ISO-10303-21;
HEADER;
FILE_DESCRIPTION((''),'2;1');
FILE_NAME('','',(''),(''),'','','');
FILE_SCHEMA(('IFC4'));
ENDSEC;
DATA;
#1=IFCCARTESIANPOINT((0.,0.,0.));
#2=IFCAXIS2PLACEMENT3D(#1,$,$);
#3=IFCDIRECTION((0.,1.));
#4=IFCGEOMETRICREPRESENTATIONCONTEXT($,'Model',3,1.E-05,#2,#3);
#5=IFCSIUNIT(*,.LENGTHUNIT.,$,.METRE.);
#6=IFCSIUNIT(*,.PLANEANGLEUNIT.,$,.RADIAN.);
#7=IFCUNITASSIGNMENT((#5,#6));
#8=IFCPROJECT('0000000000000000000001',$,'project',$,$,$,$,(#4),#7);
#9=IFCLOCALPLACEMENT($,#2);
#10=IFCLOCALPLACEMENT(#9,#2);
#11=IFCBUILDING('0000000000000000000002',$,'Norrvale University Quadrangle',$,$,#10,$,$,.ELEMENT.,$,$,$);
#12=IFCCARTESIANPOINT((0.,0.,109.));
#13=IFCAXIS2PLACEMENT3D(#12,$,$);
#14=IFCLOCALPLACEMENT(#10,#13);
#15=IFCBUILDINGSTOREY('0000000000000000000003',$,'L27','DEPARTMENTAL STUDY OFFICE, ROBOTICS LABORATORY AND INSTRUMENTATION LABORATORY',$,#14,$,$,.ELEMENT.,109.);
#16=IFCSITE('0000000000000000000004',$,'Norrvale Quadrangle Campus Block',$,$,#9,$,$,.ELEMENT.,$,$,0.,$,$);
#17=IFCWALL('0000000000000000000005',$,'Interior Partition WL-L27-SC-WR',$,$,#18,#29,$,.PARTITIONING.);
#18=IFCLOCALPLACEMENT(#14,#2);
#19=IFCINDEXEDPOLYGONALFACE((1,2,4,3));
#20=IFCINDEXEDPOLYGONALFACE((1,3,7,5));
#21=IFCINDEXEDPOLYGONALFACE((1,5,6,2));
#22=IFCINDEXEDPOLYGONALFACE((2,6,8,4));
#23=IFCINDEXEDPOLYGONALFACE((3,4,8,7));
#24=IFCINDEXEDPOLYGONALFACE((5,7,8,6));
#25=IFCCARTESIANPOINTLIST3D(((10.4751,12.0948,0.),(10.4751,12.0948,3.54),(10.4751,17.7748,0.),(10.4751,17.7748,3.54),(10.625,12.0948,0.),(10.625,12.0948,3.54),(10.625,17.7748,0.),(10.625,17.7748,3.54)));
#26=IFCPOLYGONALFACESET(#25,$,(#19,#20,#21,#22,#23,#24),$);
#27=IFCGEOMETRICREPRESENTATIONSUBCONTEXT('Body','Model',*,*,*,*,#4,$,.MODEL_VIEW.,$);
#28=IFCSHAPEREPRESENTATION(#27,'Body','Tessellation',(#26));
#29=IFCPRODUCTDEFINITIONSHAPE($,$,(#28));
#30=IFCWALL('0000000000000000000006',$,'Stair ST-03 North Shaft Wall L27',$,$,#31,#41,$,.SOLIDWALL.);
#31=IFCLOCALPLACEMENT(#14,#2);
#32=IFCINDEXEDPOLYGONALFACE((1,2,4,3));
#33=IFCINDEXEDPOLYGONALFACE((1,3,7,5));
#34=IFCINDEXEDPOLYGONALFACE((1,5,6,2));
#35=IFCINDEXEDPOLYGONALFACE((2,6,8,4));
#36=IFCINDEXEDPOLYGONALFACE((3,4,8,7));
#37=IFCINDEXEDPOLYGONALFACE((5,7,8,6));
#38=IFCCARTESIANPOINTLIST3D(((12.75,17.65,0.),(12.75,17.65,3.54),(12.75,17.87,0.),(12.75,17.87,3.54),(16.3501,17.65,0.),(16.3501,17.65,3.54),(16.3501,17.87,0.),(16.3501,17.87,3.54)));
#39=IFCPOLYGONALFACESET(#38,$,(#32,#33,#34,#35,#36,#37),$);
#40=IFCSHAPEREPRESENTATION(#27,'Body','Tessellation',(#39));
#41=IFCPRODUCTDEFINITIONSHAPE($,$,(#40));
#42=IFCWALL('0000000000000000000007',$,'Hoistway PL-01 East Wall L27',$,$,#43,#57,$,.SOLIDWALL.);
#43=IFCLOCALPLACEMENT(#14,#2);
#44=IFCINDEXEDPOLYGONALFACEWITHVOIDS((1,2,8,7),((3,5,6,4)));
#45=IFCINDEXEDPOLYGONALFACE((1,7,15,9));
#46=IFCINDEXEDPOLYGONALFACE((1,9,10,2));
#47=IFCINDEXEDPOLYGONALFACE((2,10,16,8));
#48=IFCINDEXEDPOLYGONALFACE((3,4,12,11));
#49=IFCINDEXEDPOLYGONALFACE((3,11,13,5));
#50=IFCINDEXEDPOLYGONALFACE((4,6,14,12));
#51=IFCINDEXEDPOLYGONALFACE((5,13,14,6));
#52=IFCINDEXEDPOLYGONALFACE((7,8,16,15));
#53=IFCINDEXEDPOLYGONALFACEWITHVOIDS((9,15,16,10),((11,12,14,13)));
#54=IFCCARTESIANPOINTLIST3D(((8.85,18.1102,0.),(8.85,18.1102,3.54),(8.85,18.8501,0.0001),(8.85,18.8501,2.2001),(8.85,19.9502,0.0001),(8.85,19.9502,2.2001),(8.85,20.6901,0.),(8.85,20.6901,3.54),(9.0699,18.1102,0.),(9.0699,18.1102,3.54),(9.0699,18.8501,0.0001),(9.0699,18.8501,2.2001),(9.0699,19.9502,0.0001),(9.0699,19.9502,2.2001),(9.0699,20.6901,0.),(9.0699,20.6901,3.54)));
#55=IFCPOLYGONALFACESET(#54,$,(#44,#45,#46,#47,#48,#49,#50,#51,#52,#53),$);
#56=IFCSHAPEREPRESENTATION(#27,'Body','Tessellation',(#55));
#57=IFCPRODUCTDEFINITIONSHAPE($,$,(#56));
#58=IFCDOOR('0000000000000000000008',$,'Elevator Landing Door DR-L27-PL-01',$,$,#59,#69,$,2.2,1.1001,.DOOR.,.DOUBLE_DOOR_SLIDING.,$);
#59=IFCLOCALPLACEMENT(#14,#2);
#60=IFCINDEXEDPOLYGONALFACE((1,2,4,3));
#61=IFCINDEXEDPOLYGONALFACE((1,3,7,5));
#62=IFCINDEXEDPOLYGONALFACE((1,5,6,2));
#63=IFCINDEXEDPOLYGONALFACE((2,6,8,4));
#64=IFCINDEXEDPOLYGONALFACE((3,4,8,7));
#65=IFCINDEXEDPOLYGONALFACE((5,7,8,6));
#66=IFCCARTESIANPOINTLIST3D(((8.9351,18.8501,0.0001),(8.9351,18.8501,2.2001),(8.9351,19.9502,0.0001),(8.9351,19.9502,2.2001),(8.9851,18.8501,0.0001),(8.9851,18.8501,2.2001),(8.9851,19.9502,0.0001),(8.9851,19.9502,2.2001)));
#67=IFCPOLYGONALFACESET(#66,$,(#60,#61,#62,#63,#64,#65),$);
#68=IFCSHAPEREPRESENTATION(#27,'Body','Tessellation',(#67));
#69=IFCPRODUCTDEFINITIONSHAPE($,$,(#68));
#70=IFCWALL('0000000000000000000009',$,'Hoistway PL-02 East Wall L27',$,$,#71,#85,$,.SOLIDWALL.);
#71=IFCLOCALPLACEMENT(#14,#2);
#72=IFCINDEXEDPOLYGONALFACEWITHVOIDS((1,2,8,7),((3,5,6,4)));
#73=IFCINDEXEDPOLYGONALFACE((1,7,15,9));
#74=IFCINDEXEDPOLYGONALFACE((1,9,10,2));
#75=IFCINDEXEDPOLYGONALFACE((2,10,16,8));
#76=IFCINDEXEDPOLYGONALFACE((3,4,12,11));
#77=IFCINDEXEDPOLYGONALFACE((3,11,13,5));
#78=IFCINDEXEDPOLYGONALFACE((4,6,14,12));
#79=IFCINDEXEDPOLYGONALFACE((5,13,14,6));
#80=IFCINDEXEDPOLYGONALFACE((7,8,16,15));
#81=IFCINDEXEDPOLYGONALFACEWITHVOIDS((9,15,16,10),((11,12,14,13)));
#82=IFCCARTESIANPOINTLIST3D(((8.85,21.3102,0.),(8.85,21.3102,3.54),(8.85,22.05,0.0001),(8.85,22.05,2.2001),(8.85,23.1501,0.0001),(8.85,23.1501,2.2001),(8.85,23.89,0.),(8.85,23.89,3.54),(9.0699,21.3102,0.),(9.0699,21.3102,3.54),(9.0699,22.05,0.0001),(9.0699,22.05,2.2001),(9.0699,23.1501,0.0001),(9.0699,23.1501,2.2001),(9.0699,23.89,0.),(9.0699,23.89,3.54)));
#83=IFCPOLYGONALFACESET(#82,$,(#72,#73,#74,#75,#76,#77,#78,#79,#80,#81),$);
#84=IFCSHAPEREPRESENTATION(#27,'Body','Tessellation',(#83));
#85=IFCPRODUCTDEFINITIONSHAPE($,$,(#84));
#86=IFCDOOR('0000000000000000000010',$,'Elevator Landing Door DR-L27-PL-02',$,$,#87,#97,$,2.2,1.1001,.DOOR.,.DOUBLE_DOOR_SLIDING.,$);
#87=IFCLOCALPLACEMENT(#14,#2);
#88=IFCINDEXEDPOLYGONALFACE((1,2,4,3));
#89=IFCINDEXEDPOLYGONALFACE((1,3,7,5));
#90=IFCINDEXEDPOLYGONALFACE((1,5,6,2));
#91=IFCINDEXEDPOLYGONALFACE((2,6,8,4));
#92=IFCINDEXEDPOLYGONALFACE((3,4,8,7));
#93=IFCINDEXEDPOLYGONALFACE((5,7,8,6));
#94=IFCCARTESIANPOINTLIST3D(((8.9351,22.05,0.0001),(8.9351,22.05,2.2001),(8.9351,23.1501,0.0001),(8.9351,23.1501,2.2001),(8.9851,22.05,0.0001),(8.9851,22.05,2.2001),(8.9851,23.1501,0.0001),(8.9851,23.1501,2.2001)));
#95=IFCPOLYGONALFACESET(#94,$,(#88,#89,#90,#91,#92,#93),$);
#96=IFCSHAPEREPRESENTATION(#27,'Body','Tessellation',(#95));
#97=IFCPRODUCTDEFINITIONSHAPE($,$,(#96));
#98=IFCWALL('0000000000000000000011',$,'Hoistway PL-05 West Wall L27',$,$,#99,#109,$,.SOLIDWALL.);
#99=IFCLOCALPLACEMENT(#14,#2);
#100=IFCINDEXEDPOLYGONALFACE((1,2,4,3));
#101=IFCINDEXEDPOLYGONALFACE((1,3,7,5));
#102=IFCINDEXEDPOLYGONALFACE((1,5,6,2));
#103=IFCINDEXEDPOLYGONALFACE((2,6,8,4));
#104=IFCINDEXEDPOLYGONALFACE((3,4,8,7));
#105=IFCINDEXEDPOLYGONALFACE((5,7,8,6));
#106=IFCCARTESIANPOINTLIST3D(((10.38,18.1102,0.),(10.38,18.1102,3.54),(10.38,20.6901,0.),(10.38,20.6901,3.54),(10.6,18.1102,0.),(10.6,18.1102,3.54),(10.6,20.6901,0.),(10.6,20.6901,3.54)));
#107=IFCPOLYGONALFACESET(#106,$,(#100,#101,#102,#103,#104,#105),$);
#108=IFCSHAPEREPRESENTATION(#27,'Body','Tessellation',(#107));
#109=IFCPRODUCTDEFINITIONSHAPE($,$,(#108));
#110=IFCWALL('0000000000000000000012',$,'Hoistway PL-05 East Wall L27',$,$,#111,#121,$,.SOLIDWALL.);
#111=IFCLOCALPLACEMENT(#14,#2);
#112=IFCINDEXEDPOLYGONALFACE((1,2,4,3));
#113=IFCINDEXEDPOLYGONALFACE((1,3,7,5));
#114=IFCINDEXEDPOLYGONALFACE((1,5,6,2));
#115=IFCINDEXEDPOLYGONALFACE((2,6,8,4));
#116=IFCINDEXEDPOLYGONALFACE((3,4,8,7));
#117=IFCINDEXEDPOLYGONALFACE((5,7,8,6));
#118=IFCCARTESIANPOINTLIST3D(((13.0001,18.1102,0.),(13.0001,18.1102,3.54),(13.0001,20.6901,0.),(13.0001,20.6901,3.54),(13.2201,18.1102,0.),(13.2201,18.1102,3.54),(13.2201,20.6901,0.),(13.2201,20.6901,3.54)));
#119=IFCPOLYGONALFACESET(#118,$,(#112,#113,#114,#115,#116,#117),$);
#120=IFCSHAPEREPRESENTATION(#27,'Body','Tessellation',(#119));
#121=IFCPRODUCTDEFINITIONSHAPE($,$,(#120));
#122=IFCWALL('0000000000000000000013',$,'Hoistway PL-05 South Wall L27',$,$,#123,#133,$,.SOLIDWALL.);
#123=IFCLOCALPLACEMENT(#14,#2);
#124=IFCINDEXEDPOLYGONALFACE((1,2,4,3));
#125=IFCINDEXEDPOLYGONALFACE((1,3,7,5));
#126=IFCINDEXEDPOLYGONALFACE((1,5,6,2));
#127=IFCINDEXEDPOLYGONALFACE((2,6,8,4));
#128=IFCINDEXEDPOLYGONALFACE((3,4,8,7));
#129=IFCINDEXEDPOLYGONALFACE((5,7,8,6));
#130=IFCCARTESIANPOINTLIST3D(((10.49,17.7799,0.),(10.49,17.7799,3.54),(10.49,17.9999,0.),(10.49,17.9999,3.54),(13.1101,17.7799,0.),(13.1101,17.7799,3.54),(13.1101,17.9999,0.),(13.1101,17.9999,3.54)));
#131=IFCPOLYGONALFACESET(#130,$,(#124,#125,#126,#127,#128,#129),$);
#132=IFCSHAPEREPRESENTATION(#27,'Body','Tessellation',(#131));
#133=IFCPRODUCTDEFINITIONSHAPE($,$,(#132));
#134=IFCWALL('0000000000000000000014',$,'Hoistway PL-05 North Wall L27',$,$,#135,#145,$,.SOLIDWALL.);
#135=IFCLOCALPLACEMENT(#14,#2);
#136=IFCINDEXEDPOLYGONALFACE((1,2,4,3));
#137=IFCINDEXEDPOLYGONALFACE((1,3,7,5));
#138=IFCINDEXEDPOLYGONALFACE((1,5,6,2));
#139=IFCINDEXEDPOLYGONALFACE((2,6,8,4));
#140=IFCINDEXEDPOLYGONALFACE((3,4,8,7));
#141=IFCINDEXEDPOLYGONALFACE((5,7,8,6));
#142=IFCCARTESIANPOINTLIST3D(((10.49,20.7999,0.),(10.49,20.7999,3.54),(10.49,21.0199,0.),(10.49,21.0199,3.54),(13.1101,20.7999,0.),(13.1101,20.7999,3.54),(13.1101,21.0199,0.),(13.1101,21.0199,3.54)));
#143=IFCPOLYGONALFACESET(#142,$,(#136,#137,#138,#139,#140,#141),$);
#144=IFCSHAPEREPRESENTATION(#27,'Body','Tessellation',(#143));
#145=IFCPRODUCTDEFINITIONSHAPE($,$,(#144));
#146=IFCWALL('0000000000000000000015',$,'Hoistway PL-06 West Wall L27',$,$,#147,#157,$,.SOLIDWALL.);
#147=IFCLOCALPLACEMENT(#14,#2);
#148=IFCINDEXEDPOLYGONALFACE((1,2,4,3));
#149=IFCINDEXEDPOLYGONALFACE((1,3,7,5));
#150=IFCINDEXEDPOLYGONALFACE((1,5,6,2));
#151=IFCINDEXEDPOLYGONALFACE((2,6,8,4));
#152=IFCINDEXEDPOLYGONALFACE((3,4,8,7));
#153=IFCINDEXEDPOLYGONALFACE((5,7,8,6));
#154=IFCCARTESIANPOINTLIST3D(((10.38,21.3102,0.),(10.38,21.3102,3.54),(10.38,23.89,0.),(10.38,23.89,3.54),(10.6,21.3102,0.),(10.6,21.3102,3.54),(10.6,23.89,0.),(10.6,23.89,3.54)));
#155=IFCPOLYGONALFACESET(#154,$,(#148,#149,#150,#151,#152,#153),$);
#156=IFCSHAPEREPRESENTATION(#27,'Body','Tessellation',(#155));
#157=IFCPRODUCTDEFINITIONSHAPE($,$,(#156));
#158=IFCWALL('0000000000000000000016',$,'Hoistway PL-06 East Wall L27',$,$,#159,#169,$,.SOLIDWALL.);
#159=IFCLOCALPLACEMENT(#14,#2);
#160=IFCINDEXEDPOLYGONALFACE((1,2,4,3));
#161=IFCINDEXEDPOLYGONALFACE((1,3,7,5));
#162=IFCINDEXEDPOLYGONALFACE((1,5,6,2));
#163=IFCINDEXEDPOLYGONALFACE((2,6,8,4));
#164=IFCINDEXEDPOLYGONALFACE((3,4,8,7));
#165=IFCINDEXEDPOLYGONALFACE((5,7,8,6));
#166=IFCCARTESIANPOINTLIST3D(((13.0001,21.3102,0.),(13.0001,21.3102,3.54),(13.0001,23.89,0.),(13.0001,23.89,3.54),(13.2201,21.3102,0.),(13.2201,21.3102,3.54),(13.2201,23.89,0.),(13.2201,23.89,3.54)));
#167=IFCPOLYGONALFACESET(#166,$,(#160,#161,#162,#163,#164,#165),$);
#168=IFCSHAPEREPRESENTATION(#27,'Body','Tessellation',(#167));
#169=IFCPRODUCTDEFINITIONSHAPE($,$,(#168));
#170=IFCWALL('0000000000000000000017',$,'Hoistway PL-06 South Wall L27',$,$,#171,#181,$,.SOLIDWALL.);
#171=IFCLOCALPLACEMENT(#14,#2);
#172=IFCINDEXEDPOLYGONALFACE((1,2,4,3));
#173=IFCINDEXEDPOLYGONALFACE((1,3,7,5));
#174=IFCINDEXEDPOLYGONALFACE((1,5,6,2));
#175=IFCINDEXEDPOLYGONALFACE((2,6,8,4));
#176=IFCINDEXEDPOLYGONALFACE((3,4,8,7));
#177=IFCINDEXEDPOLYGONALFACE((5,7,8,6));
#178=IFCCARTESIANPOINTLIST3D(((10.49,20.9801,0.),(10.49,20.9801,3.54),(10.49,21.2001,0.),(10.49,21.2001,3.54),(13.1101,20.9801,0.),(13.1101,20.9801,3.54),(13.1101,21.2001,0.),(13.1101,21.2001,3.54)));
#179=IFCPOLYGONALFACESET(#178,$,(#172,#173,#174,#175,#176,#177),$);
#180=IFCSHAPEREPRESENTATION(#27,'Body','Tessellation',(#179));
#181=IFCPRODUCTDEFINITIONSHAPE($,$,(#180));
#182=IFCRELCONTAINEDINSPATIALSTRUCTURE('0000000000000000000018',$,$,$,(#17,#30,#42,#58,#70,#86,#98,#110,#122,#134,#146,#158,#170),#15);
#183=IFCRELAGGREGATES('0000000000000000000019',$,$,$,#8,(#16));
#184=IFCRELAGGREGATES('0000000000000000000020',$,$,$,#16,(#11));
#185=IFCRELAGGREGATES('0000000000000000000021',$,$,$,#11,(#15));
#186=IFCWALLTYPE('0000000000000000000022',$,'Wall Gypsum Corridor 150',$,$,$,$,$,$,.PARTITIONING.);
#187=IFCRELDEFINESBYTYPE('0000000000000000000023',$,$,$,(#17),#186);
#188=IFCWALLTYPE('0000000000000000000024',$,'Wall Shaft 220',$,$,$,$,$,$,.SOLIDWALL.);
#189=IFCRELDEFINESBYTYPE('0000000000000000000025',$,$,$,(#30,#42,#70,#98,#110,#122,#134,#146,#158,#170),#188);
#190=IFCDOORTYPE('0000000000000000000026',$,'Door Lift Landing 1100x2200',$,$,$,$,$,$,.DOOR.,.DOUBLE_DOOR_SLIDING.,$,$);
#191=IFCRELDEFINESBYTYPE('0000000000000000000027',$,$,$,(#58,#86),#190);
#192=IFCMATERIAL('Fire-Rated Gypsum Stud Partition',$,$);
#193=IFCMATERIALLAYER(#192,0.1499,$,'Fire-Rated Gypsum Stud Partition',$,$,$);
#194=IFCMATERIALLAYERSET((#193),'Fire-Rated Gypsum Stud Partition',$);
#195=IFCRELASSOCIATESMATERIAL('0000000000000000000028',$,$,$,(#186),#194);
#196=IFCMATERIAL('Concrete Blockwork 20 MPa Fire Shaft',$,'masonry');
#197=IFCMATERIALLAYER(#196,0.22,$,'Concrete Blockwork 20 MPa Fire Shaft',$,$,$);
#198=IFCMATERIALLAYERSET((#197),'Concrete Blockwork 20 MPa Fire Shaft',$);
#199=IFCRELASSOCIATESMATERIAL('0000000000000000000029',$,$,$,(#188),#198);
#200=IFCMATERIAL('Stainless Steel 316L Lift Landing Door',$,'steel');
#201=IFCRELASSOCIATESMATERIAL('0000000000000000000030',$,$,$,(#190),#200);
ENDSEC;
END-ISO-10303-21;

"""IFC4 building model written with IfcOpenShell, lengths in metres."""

from ifc_helpers import new_model, si_unit, direction, frame, frame_2d, origin, place, context, subcontext, project, spatial, rectangle, extrude, material, layer, layer_set, type_object, element, fill, save


model = new_model("IFC4")

# Units and contexts
model_context = context("Model", 3, precision=1e-05, world=origin(), true_north=direction((0.0, 1.0)))
body_context = subcontext(model_context, "Body", "Model", "MODEL_VIEW")
ifc_project = project(units=[si_unit("LENGTHUNIT", "METRE"), si_unit("PLANEANGLEUNIT", "RADIAN")], contexts=[model_context])

# Site, building, storey
site_placement = place(None, origin())
site = spatial("IfcSite", under=ifc_project, at=site_placement, Name="Norrvale Quadrangle Campus Block", CompositionType="ELEMENT", RefElevation=0.0)
building_placement = place(site_placement, origin())
building = spatial("IfcBuilding", under=site, at=building_placement, Name="Norrvale University Quadrangle", CompositionType="ELEMENT")
storey_placement = place(building_placement, frame((0.0, 0.0, 109.0)))
storey = spatial("IfcBuildingStorey", under=building, at=storey_placement, Name="L27", Description="DEPARTMENTAL STUDY OFFICE, ROBOTICS LABORATORY AND INSTRUMENTATION LABORATORY", CompositionType="ELEMENT", Elevation=109.0)

# Shared definitions
ifc_material_1 = material(Name="Fire-Rated Gypsum Stud Partition")
ifc_layer_1 = layer(ifc_material_1, 0.1499, Name="Fire-Rated Gypsum Stud Partition")
ifc_layer_set_1 = layer_set([ifc_layer_1], Name="Fire-Rated Gypsum Stud Partition")
wall_type_1 = type_object("IfcWallType", Name="Wall Gypsum Corridor 150", PredefinedType="PARTITIONING", material=ifc_layer_set_1)

# Walls
for number, where, z_axis, x_axis, name in (
    (1, (10.55, 12.095, 0.0), (0.0, 0.0, 1.0), (0.0, 1.0, 0.0), "Interior Partition WL-L27-SC-WR"),
):
    element("IfcWall", number, at=place(storey_placement, frame(where, z_axis=z_axis, x_axis=x_axis)), inside=storey, type_object=wall_type_1, Name=name, PredefinedType="PARTITIONING", context=body_context, shape_type="SweptSolid", body=[
        extrude(rectangle(XDim=5.6799, YDim=0.1499, at=frame_2d((2.8398, 0.0))), origin(), (0.0, 0.0, 1.0), 3.54),
    ])
ifc_material_2 = material(Name="Concrete Blockwork 20 MPa Fire Shaft", Category="masonry")
ifc_layer_2 = layer(ifc_material_2, 0.22, Name="Concrete Blockwork 20 MPa Fire Shaft")
ifc_layer_set_2 = layer_set([ifc_layer_2], Name="Concrete Blockwork 20 MPa Fire Shaft")
wall_type_2 = type_object("IfcWallType", Name="Wall Shaft 220", PredefinedType="SOLIDWALL", material=ifc_layer_set_2)
wall_1_placement = place(storey_placement, frame((12.75, 17.76, 0.0), z_axis=(0.0, 0.0, 1.0), x_axis=(1.0, 0.0, 0.0)))
element("IfcWall", 2, at=wall_1_placement, inside=storey, type_object=wall_type_2, Name="Stair ST-03 North Shaft Wall L27", PredefinedType="SOLIDWALL", context=body_context, shape_type="SweptSolid", body=[
    extrude(rectangle(XDim=3.6001, YDim=0.22, at=frame_2d((1.8, 0.0))), origin(), (0.0, 0.0, 1.0), 3.54),
])

# Walls, openings, doors
wall_2_placement = place(storey_placement, frame((8.96, 18.1101, 0.0), z_axis=(0.0, 0.0, 1.0), x_axis=(0.0, 1.0, 0.0)))
wall_2 = element("IfcWall", 3, at=wall_2_placement, inside=storey, type_object=wall_type_2, Name="Hoistway PL-01 East Wall L27", PredefinedType="SOLIDWALL", context=body_context, shape_type="SweptSolid", body=[
    extrude(rectangle(XDim=2.5798, YDim=0.22, at=frame_2d((1.29, 0.0))), origin(), (0.0, 0.0, 1.0), 3.54),
])
opening_1_placement = place(wall_2_placement, frame((0.74, 0.0, 0.0)))
opening_1 = element("IfcOpeningElement", 4, at=opening_1_placement, cuts=wall_2, PredefinedType="OPENING", context=body_context, shape_type="SweptSolid", body=[
    extrude(rectangle(XDim=1.1001, YDim=2.2, at=frame_2d((0.55, 1.1001))), frame((0.0, 0.1221, 0.0), z_axis=(0.0, -1.0, 0.0), x_axis=(1.0, 0.0, 0.0)), (0.0, 0.0, 1.0), 0.2439),
])
ifc_material_3 = material(Name="Stainless Steel 316L Lift Landing Door", Category="steel")
door_type_1 = type_object("IfcDoorType", Name="Door Lift Landing 1100x2200", OperationType="DOUBLE_DOOR_SLIDING", PredefinedType="DOOR", material=ifc_material_3)
door_1_placement = place(opening_1_placement, origin())
door_1 = element("IfcDoor", 5, at=door_1_placement, inside=storey, type_object=door_type_1, Name="Elevator Landing Door DR-L27-PL-01", OperationType="DOUBLE_DOOR_SLIDING", OverallHeight=2.2, OverallWidth=1.1001, PredefinedType="DOOR", context=body_context, shape_type="SweptSolid", body=[
    extrude(rectangle(XDim=1.1001, YDim=2.2, at=frame_2d((0.55, 1.1001))), frame((0.0, 0.0249, 0.0), z_axis=(0.0, -1.0, 0.0), x_axis=(1.0, 0.0, 0.0)), (0.0, 0.0, 1.0), 0.05),
])
fill(opening_1, door_1)
wall_3_placement = place(storey_placement, frame((8.96, 21.3101, 0.0), z_axis=(0.0, 0.0, 1.0), x_axis=(0.0, 1.0, 0.0)))
wall_3 = element("IfcWall", 6, at=wall_3_placement, inside=storey, type_object=wall_type_2, Name="Hoistway PL-02 East Wall L27", PredefinedType="SOLIDWALL", context=body_context, shape_type="SweptSolid", body=[
    extrude(rectangle(XDim=2.5798, YDim=0.22, at=frame_2d((1.29, 0.0))), origin(), (0.0, 0.0, 1.0), 3.54),
])
opening_2_placement = place(wall_3_placement, frame((0.74, 0.0, 0.0)))
opening_2 = element("IfcOpeningElement", 7, at=opening_2_placement, cuts=wall_3, PredefinedType="OPENING", context=body_context, shape_type="SweptSolid", body=[
    extrude(rectangle(XDim=1.1001, YDim=2.2, at=frame_2d((0.55, 1.1001))), frame((0.0, 0.1221, 0.0), z_axis=(0.0, -1.0, 0.0), x_axis=(1.0, 0.0, 0.0)), (0.0, 0.0, 1.0), 0.2439),
])
door_2_placement = place(opening_2_placement, origin())
door_2 = element("IfcDoor", 8, at=door_2_placement, inside=storey, type_object=door_type_1, Name="Elevator Landing Door DR-L27-PL-02", OperationType="DOUBLE_DOOR_SLIDING", OverallHeight=2.2, OverallWidth=1.1001, PredefinedType="DOOR", context=body_context, shape_type="SweptSolid", body=[
    extrude(rectangle(XDim=1.1001, YDim=2.2, at=frame_2d((0.55, 1.1001))), frame((0.0, 0.0249, 0.0), z_axis=(0.0, -1.0, 0.0), x_axis=(1.0, 0.0, 0.0)), (0.0, 0.0, 1.0), 0.05),
])
fill(opening_2, door_2)

# Walls
for number, where, z_axis, x_axis, name in (
    (9, (10.49, 18.1101, 0.0), (0.0, 0.0, 1.0), (0.0, 1.0, 0.0), "Hoistway PL-05 West Wall L27"),
    (10, (13.1101, 18.1101, 0.0), (0.0, 0.0, 1.0), (0.0, 1.0, 0.0), "Hoistway PL-05 East Wall L27"),
):
    element("IfcWall", number, at=place(storey_placement, frame(where, z_axis=z_axis, x_axis=x_axis)), inside=storey, type_object=wall_type_2, Name=name, PredefinedType="SOLIDWALL", context=body_context, shape_type="SweptSolid", body=[
        extrude(rectangle(XDim=2.5798, YDim=0.22, at=frame_2d((1.29, 0.0))), origin(), (0.0, 0.0, 1.0), 3.54),
    ])
for number, where, z_axis, x_axis, name in (
    (11, (10.49, 17.8899, 0.0), (0.0, 0.0, 1.0), (1.0, 0.0, 0.0), "Hoistway PL-05 South Wall L27"),
    (12, (10.49, 20.9099, 0.0), (0.0, 0.0, 1.0), (1.0, 0.0, 0.0), "Hoistway PL-05 North Wall L27"),
):
    element("IfcWall", number, at=place(storey_placement, frame(where, z_axis=z_axis, x_axis=x_axis)), inside=storey, type_object=wall_type_2, Name=name, PredefinedType="SOLIDWALL", context=body_context, shape_type="SweptSolid", body=[
        extrude(rectangle(XDim=2.6201, YDim=0.22, at=frame_2d((1.3101, 0.0))), origin(), (0.0, 0.0, 1.0), 3.54),
    ])
for number, where, z_axis, x_axis, name in (
    (13, (10.49, 21.3101, 0.0), (0.0, 0.0, 1.0), (0.0, 1.0, 0.0), "Hoistway PL-06 West Wall L27"),
    (14, (13.1101, 21.3101, 0.0), (0.0, 0.0, 1.0), (0.0, 1.0, 0.0), "Hoistway PL-06 East Wall L27"),
):
    element("IfcWall", number, at=place(storey_placement, frame(where, z_axis=z_axis, x_axis=x_axis)), inside=storey, type_object=wall_type_2, Name=name, PredefinedType="SOLIDWALL", context=body_context, shape_type="SweptSolid", body=[
        extrude(rectangle(XDim=2.5798, YDim=0.22, at=frame_2d((1.29, 0.0))), origin(), (0.0, 0.0, 1.0), 3.54),
    ])
wall_4_placement = place(storey_placement, frame((10.49, 21.0901, 0.0), z_axis=(0.0, 0.0, 1.0), x_axis=(1.0, 0.0, 0.0)))
element("IfcWall", 15, at=wall_4_placement, inside=storey, type_object=wall_type_2, Name="Hoistway PL-06 South Wall L27", PredefinedType="SOLIDWALL", context=body_context, shape_type="SweptSolid", body=[
    extrude(rectangle(XDim=2.6201, YDim=0.22, at=frame_2d((1.3101, 0.0))), origin(), (0.0, 0.0, 1.0), 3.54),
])

save(model, "model.ifc")
